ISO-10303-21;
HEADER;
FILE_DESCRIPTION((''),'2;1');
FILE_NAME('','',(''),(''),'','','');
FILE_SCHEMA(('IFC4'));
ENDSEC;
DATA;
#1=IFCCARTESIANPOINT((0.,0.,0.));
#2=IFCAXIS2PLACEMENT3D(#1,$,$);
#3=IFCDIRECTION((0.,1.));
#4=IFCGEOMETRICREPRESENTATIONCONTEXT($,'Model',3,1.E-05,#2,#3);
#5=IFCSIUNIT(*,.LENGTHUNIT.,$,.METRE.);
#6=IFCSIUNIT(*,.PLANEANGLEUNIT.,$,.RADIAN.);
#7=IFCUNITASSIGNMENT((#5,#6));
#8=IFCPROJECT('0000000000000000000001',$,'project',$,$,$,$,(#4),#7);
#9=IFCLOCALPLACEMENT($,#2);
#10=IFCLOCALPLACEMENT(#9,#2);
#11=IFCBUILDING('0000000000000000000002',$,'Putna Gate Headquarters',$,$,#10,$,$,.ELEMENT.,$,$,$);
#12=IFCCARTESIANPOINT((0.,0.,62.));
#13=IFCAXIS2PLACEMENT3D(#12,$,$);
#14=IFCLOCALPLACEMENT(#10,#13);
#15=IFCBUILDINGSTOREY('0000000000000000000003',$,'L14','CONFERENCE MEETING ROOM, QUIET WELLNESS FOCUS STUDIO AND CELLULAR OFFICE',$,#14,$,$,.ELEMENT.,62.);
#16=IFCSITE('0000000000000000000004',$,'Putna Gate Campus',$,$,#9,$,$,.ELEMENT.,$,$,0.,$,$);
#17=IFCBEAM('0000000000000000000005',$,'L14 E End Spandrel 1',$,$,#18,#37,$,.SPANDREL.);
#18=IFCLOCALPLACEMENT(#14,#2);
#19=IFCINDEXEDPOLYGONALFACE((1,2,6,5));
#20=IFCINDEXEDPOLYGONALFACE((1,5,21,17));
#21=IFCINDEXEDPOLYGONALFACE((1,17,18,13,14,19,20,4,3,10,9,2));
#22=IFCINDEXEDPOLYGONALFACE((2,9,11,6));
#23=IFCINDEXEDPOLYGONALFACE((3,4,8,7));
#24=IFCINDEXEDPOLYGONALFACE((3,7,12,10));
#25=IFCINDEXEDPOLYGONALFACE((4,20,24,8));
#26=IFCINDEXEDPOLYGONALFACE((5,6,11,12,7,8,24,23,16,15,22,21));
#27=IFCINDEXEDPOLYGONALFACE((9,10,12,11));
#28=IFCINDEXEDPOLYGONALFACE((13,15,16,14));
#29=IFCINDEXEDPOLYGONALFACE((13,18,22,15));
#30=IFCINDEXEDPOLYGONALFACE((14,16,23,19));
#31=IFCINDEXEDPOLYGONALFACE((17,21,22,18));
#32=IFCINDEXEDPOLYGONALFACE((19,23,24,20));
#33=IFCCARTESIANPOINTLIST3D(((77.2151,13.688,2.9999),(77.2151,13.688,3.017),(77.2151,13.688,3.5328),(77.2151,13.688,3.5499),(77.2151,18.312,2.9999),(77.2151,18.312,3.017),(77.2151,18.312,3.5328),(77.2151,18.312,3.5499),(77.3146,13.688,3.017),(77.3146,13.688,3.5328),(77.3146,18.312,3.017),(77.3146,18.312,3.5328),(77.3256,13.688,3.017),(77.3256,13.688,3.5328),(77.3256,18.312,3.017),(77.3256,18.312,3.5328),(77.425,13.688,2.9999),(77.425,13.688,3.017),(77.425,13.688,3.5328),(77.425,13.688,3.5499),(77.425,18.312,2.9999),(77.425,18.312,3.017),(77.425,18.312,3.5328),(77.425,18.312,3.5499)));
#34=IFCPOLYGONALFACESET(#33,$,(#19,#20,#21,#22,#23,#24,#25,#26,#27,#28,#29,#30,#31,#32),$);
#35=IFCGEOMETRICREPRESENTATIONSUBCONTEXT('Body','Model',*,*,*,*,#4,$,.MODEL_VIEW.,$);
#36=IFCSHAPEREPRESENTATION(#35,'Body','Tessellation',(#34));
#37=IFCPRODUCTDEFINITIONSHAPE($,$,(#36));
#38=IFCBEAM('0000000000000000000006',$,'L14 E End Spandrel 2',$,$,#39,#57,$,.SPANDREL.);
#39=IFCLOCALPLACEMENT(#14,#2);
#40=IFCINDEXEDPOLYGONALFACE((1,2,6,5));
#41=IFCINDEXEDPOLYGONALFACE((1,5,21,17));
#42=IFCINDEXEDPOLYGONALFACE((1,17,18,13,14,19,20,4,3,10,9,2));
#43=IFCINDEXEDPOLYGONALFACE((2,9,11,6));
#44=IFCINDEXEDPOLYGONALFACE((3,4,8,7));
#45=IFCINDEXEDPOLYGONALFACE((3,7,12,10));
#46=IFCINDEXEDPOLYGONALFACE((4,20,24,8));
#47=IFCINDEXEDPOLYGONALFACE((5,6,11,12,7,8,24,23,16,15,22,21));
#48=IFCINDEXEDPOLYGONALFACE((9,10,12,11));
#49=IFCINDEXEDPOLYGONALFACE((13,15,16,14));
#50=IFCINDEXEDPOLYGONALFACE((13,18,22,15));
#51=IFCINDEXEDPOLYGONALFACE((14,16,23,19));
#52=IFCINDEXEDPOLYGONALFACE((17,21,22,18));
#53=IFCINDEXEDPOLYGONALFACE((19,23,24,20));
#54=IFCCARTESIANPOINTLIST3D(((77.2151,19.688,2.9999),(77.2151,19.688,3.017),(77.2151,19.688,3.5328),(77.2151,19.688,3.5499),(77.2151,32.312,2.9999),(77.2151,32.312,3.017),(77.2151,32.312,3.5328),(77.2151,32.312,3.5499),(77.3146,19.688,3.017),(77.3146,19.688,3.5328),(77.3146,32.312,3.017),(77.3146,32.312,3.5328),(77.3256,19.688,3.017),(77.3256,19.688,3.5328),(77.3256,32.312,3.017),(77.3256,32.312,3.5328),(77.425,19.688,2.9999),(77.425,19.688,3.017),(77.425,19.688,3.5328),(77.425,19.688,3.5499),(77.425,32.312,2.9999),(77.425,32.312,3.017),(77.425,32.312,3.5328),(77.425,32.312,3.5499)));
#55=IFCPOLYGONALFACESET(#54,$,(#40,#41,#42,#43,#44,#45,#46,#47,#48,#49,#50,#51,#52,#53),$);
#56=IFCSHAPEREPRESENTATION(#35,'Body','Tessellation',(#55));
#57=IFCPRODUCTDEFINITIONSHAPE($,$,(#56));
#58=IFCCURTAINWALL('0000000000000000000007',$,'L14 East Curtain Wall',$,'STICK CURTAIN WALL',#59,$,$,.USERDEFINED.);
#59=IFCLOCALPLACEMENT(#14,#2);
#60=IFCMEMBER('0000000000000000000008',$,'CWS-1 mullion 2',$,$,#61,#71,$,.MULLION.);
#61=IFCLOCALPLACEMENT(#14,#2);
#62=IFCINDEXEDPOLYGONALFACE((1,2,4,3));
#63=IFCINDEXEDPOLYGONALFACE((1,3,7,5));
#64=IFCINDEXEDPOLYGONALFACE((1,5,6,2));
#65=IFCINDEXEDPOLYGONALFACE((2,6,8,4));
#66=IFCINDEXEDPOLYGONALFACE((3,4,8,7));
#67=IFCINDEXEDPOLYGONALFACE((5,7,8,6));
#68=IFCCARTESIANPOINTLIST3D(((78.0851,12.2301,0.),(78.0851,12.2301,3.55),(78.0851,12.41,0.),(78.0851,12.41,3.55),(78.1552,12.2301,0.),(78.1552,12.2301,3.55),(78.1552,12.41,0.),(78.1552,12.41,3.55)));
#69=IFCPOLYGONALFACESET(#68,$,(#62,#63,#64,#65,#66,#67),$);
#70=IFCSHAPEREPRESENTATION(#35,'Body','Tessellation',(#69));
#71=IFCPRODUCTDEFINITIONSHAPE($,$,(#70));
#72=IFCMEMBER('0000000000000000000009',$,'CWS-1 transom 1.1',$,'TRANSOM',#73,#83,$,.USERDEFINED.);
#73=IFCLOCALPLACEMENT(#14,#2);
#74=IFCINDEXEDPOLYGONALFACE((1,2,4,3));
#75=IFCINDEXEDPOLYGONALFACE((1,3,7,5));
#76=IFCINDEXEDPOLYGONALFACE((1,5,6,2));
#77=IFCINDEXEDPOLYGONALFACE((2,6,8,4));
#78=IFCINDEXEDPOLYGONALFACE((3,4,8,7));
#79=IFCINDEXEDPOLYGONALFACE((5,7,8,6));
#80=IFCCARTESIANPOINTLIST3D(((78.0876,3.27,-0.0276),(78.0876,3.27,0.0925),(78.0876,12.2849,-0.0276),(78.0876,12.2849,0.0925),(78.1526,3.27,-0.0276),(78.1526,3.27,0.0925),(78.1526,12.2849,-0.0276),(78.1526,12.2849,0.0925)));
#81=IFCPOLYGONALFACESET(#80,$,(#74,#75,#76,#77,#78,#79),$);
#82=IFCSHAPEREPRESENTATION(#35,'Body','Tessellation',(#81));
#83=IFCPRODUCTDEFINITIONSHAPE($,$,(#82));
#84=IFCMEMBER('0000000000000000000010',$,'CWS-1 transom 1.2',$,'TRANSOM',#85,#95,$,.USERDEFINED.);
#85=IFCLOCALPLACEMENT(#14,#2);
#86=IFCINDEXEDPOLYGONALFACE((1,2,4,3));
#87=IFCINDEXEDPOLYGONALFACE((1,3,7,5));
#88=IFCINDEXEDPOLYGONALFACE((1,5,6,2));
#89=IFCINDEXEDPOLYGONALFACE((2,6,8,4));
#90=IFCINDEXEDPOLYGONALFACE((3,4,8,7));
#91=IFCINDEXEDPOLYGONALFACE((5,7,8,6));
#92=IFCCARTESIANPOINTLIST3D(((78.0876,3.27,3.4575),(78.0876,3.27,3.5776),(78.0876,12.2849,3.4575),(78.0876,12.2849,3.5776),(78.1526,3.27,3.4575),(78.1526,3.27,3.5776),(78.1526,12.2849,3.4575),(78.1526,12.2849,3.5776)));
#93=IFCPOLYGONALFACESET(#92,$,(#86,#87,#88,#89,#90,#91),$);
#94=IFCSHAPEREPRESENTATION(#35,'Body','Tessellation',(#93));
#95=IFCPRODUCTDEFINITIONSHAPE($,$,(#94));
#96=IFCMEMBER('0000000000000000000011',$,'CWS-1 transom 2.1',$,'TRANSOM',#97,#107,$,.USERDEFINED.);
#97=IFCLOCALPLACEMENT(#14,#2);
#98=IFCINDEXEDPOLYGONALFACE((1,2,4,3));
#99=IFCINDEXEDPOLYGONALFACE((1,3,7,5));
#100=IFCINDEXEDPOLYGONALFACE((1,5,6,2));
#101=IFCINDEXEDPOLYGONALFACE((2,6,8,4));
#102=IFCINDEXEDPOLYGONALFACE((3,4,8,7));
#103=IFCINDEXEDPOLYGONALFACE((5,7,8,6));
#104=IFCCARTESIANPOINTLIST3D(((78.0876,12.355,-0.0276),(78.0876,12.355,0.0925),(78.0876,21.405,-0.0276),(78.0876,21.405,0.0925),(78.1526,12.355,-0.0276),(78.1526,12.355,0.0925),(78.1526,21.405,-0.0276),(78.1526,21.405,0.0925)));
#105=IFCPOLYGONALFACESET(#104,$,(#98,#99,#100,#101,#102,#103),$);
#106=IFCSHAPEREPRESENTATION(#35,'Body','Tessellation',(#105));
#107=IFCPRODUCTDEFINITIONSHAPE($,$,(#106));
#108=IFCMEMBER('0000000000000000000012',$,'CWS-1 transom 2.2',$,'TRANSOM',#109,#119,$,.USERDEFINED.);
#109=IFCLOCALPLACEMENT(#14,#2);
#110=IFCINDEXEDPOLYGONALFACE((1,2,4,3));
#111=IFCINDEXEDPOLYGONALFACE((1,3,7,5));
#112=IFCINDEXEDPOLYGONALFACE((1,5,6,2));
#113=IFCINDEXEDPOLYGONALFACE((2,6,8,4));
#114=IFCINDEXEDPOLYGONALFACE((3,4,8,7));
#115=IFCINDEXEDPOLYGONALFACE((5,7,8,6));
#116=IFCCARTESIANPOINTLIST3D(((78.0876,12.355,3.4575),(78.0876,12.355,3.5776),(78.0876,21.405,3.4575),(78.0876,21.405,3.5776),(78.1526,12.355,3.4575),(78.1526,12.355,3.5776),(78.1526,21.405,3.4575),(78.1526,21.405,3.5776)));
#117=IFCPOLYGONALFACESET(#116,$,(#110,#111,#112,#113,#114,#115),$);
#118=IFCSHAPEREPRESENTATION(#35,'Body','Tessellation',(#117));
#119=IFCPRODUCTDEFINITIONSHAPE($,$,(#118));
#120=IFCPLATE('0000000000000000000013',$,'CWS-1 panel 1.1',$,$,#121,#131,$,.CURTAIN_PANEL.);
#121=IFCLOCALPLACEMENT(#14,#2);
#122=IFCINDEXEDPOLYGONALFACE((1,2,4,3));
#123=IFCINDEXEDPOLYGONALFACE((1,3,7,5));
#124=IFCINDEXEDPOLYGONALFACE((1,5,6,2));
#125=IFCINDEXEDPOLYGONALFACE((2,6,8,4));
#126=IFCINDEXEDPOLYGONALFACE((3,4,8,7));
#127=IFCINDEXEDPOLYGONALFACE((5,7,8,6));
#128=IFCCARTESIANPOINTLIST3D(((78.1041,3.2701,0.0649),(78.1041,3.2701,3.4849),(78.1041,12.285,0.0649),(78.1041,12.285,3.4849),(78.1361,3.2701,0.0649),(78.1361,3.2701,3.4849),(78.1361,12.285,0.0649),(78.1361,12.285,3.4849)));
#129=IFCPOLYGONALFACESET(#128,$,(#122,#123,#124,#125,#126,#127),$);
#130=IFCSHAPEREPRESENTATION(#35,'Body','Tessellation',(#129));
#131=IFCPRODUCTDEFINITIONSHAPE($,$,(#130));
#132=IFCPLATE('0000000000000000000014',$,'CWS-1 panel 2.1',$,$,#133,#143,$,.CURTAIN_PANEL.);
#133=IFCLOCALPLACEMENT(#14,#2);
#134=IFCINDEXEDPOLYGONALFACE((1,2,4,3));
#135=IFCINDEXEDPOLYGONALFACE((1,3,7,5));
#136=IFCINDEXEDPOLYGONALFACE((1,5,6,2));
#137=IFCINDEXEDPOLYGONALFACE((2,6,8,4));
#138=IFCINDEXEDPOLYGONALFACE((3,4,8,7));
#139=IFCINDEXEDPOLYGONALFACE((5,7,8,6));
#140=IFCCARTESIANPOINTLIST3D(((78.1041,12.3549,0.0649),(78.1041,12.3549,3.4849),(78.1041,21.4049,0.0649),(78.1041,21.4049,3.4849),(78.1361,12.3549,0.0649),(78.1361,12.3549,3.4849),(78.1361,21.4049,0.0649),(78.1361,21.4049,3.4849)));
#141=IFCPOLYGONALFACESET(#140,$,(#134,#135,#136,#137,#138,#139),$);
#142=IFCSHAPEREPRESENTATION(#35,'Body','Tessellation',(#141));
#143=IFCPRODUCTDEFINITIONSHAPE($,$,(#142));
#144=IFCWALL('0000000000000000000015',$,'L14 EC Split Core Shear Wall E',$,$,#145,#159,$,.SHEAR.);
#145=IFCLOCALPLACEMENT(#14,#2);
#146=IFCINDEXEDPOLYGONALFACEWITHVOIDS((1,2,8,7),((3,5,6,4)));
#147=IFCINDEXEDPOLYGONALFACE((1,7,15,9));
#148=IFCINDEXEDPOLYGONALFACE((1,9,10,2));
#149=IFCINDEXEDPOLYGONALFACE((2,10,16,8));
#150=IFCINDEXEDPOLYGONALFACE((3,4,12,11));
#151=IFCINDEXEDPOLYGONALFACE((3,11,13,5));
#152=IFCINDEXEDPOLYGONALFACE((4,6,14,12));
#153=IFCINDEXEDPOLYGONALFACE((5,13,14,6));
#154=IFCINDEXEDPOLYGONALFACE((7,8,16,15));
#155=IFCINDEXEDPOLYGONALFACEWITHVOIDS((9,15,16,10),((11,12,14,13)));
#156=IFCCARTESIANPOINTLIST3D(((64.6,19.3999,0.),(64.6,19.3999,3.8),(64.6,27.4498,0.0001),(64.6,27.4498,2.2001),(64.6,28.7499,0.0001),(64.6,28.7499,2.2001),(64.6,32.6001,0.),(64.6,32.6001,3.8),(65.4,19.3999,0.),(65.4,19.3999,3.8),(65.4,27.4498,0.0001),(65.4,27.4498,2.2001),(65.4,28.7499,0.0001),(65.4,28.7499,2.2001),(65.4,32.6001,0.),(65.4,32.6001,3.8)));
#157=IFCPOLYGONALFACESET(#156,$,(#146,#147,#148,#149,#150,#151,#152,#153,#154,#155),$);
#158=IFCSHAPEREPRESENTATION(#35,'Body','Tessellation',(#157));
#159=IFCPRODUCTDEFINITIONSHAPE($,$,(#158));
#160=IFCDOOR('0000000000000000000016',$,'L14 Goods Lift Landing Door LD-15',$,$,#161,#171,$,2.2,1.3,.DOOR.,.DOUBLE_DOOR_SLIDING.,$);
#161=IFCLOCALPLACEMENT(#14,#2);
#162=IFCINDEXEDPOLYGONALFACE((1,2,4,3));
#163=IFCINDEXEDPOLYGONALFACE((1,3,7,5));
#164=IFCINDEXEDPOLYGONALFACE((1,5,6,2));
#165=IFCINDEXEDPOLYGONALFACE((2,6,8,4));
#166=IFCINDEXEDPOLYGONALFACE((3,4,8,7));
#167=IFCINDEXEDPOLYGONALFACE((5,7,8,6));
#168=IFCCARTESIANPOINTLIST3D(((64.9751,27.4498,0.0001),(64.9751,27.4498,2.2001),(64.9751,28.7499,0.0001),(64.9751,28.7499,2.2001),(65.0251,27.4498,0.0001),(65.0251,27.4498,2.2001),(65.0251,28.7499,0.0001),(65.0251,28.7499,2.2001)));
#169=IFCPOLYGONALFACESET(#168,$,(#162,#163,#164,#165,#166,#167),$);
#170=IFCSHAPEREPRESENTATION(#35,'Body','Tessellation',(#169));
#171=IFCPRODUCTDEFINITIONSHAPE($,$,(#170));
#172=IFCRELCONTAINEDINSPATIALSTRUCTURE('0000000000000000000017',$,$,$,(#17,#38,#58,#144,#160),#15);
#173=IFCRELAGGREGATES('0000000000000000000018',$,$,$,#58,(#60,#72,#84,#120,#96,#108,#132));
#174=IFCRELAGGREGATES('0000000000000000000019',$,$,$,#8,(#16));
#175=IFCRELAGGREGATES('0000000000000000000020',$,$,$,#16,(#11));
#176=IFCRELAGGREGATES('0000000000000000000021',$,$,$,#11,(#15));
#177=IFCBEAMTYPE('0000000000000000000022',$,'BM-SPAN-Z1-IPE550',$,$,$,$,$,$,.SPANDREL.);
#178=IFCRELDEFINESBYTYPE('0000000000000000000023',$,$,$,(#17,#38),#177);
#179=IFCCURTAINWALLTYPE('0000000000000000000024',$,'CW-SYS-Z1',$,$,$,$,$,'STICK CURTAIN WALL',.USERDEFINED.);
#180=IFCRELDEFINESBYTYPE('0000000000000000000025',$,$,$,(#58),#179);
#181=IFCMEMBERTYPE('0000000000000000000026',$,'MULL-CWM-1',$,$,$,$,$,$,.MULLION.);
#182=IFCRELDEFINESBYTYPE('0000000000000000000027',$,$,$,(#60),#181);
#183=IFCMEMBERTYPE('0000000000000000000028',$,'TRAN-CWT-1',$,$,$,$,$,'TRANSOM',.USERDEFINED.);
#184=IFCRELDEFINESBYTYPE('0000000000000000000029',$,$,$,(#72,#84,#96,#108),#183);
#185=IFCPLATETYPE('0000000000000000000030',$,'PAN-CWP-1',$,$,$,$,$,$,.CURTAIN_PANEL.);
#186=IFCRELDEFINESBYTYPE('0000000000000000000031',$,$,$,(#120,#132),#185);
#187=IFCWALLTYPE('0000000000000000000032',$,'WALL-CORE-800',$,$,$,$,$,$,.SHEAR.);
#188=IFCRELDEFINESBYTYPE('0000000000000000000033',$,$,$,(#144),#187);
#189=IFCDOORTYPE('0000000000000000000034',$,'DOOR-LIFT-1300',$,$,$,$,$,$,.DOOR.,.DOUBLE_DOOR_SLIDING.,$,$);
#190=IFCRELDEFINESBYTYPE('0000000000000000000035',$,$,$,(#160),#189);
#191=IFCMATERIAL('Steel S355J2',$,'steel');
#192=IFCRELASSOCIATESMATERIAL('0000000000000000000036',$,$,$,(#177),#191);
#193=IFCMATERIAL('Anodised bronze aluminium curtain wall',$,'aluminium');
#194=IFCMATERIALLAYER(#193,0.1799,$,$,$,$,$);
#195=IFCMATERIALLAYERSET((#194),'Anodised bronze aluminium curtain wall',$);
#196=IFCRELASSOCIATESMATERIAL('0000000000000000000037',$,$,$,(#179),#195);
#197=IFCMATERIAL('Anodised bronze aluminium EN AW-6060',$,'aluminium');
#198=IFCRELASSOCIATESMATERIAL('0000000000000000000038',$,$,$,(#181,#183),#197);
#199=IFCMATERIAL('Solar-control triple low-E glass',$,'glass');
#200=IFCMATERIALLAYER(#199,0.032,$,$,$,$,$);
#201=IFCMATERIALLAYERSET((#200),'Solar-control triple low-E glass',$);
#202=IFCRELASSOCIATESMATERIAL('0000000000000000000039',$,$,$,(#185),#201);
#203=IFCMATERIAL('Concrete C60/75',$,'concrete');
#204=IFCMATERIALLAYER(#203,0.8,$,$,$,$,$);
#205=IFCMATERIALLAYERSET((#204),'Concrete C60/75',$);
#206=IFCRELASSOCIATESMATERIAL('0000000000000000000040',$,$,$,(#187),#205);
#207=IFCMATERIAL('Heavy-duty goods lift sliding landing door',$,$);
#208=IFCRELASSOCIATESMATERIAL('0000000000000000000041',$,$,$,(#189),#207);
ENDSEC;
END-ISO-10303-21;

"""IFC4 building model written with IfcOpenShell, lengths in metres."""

from ifc_helpers import new_model, si_unit, direction, frame, frame_2d, origin, origin_2d, place, context, subcontext, project, spatial, rectangle, i_section, extrude, material, layer, layer_set, material_profile, profile_set, type_object, element, fill, aggregate, save


model = new_model("IFC4")

# Units and contexts
model_context = context("Model", 3, precision=1e-05, world=origin(), true_north=direction((0.0, 1.0)))
body_context = subcontext(model_context, "Body", "Model", "MODEL_VIEW")
ifc_project = project(units=[si_unit("LENGTHUNIT", "METRE"), si_unit("PLANEANGLEUNIT", "RADIAN")], contexts=[model_context])

# Site, building, storey
site_placement = place(None, origin())
site = spatial("IfcSite", under=ifc_project, at=site_placement, Name="Putna Gate Campus", CompositionType="ELEMENT", RefElevation=0.0)
building_placement = place(site_placement, origin())
building = spatial("IfcBuilding", under=site, at=building_placement, Name="Putna Gate Headquarters", CompositionType="ELEMENT")
storey_placement = place(building_placement, frame((0.0, 0.0, 62.0)))
storey = spatial("IfcBuildingStorey", under=building, at=storey_placement, Name="L14", Description="CONFERENCE MEETING ROOM, QUIET WELLNESS FOCUS STUDIO AND CELLULAR OFFICE", CompositionType="ELEMENT", Elevation=62.0)

# Shared definitions
ifc_material_1 = material(Name="Concrete C60/75", Category="concrete")

# Beams
ifc_material_2 = material(Name="Steel S355J2", Category="steel")
ifc_material_profile_1 = material_profile(ifc_material_2, i_section(OverallWidth=0.21, OverallDepth=0.55, WebThickness=0.011, FlangeThickness=0.0171, at=origin_2d()), Name="Steel S355J2")
ifc_profile_set_1 = profile_set([ifc_material_profile_1], Name="Steel S355J2")
beam_type_1 = type_object("IfcBeamType", Name="BM-SPAN-Z1-IPE550", PredefinedType="SPANDREL", material=ifc_profile_set_1)
beam_1_placement = place(storey_placement, frame((77.3201, 13.688, 3.2749), z_axis=(0.0, 1.0, 0.0), x_axis=(-1.0, 0.0, 0.0)))
element("IfcBeam", 1, at=beam_1_placement, inside=storey, type_object=beam_type_1, Name="L14 E End Spandrel 1", PredefinedType="SPANDREL", context=body_context, shape_type="SweptSolid", body=[
    extrude(i_section(OverallWidth=0.21, OverallDepth=0.55, WebThickness=0.011, FlangeThickness=0.0171, at=origin_2d()), origin(), (0.0, 0.0, 1.0), 4.624),
])
beam_2_placement = place(storey_placement, frame((77.3201, 19.688, 3.2749), z_axis=(0.0, 1.0, 0.0), x_axis=(-1.0, 0.0, 0.0)))
element("IfcBeam", 2, at=beam_2_placement, inside=storey, type_object=beam_type_1, Name="L14 E End Spandrel 2", PredefinedType="SPANDREL", context=body_context, shape_type="SweptSolid", body=[
    extrude(i_section(OverallWidth=0.21, OverallDepth=0.55, WebThickness=0.011, FlangeThickness=0.0171, at=origin_2d()), origin(), (0.0, 0.0, 1.0), 12.624),
])

# Curtain wall, members, plates
ifc_material_3 = material(Name="Anodised bronze aluminium curtain wall", Category="aluminium")
ifc_layer_1 = layer(ifc_material_3, 0.1799)
ifc_layer_set_1 = layer_set([ifc_layer_1], Name="Anodised bronze aluminium curtain wall")
curtain_wall_type = type_object("IfcCurtainWallType", Name="CW-SYS-Z1", ElementType="STICK CURTAIN WALL", PredefinedType="USERDEFINED", material=ifc_layer_set_1)
curtain_wall_placement = place(storey_placement, origin())
curtain_wall = element("IfcCurtainWall", 3, at=curtain_wall_placement, inside=storey, type_object=curtain_wall_type, Name="L14 East Curtain Wall", ObjectType="STICK CURTAIN WALL", PredefinedType="USERDEFINED")
ifc_material_4 = material(Name="Anodised bronze aluminium EN AW-6060", Category="aluminium")
ifc_material_profile_2 = material_profile(ifc_material_4, rectangle(XDim=0.0701, YDim=0.1799, at=origin_2d()), Name="Anodised bronze aluminium EN AW-6060")
ifc_profile_set_2 = profile_set([ifc_material_profile_2], Name="Anodised bronze aluminium EN AW-6060")
member_type_1 = type_object("IfcMemberType", Name="MULL-CWM-1", PredefinedType="MULLION", material=ifc_profile_set_2)
member_1_placement = place(storey_placement, frame((78.1201, 12.3201, 0.0), z_axis=(0.0, 0.0, 1.0), x_axis=(-1.0, 0.0, 0.0)))
member_1 = element("IfcMember", 4, at=member_1_placement, type_object=member_type_1, Name="CWS-1 mullion 2", PredefinedType="MULLION", context=body_context, shape_type="SweptSolid", body=[
    extrude(rectangle(XDim=0.0701, YDim=0.1799, at=origin_2d()), origin(), (0.0, 0.0, 1.0), 3.55),
])
ifc_material_profile_3 = material_profile(ifc_material_4, rectangle(XDim=0.0649, YDim=0.1201, at=origin_2d()), Name="Anodised bronze aluminium EN AW-6060")
ifc_profile_set_3 = profile_set([ifc_material_profile_3], Name="Anodised bronze aluminium EN AW-6060")
member_type_2 = type_object("IfcMemberType", Name="TRAN-CWT-1", ElementType="TRANSOM", PredefinedType="USERDEFINED", material=ifc_profile_set_3)
member_2_placement = place(storey_placement, frame((78.1201, 3.27, 0.0325), z_axis=(0.0, 1.0, 0.0), x_axis=(-1.0, 0.0, 0.0)))
member_2 = element("IfcMember", 5, at=member_2_placement, type_object=member_type_2, Name="CWS-1 transom 1.1", ObjectType="TRANSOM", PredefinedType="USERDEFINED", context=body_context, shape_type="SweptSolid", body=[
    extrude(rectangle(XDim=0.0649, YDim=0.1201, at=origin_2d()), origin(), (0.0, 0.0, 1.0), 9.0149),
])
member_3_placement = place(storey_placement, frame((78.1201, 3.27, 3.5176), z_axis=(0.0, 1.0, 0.0), x_axis=(-1.0, 0.0, 0.0)))
member_3 = element("IfcMember", 6, at=member_3_placement, type_object=member_type_2, Name="CWS-1 transom 1.2", ObjectType="TRANSOM", PredefinedType="USERDEFINED", context=body_context, shape_type="SweptSolid", body=[
    extrude(rectangle(XDim=0.0649, YDim=0.1201, at=origin_2d()), origin(), (0.0, 0.0, 1.0), 9.0149),
])
member_4_placement = place(storey_placement, frame((78.1201, 12.355, 0.0325), z_axis=(0.0, 1.0, 0.0), x_axis=(-1.0, 0.0, 0.0)))
member_4 = element("IfcMember", 7, at=member_4_placement, type_object=member_type_2, Name="CWS-1 transom 2.1", ObjectType="TRANSOM", PredefinedType="USERDEFINED", context=body_context, shape_type="SweptSolid", body=[
    extrude(rectangle(XDim=0.0649, YDim=0.1201, at=origin_2d()), origin(), (0.0, 0.0, 1.0), 9.05),
])
member_5_placement = place(storey_placement, frame((78.1201, 12.355, 3.5176), z_axis=(0.0, 1.0, 0.0), x_axis=(-1.0, 0.0, 0.0)))
member_5 = element("IfcMember", 8, at=member_5_placement, type_object=member_type_2, Name="CWS-1 transom 2.2", ObjectType="TRANSOM", PredefinedType="USERDEFINED", context=body_context, shape_type="SweptSolid", body=[
    extrude(rectangle(XDim=0.0649, YDim=0.1201, at=origin_2d()), origin(), (0.0, 0.0, 1.0), 9.05),
])
ifc_material_5 = material(Name="Solar-control triple low-E glass", Category="glass")
ifc_layer_2 = layer(ifc_material_5, 0.032)
ifc_layer_set_2 = layer_set([ifc_layer_2], Name="Solar-control triple low-E glass")
plate_type = type_object("IfcPlateType", Name="PAN-CWP-1", PredefinedType="CURTAIN_PANEL", material=ifc_layer_set_2)
plate_1_placement = place(storey_placement, frame((78.1201, 7.7776, 0.0649), z_axis=(0.0, 0.0, 1.0), x_axis=(0.0, 1.0, 0.0)))
plate_1 = element("IfcPlate", 9, at=plate_1_placement, type_object=plate_type, Name="CWS-1 panel 1.1", PredefinedType="CURTAIN_PANEL", context=body_context, shape_type="SweptSolid", body=[
    extrude(rectangle(XDim=9.0149, YDim=0.032, at=origin_2d()), origin(), (0.0, 0.0, 1.0), 3.4199),
])
plate_2_placement = place(storey_placement, frame((78.1201, 16.8799, 0.0649), z_axis=(0.0, 0.0, 1.0), x_axis=(0.0, 1.0, 0.0)))
plate_2 = element("IfcPlate", 10, at=plate_2_placement, type_object=plate_type, Name="CWS-1 panel 2.1", PredefinedType="CURTAIN_PANEL", context=body_context, shape_type="SweptSolid", body=[
    extrude(rectangle(XDim=9.05, YDim=0.032, at=origin_2d()), origin(), (0.0, 0.0, 1.0), 3.4199),
])
aggregate(curtain_wall, [member_1, member_2, member_3, plate_1, member_4, member_5, plate_2])

# Wall, opening, door
ifc_layer_3 = layer(ifc_material_1, 0.8)
ifc_layer_set_3 = layer_set([ifc_layer_3], Name="Concrete C60/75")
wall_type_1 = type_object("IfcWallType", Name="WALL-CORE-800", PredefinedType="SHEAR", material=ifc_layer_set_3)
wall_1_placement = place(storey_placement, frame((65.0, 19.3999, 0.0), z_axis=(0.0, 0.0, 1.0), x_axis=(0.0, 1.0, 0.0)))
wall_1 = element("IfcWall", 11, at=wall_1_placement, inside=storey, type_object=wall_type_1, Name="L14 EC Split Core Shear Wall E", PredefinedType="SHEAR", context=body_context, shape_type="SweptSolid", body=[
    extrude(rectangle(XDim=13.2002, YDim=0.8, at=frame_2d((6.6001, 0.0))), origin(), (0.0, 0.0, 1.0), 3.8),
])
opening_1_placement = place(wall_1_placement, frame((8.05, 0.0, 0.0)))
opening_1 = element("IfcOpeningElement", 12, at=opening_1_placement, cuts=wall_1, PredefinedType="OPENING", context=body_context, shape_type="SweptSolid", body=[
    extrude(rectangle(XDim=1.3, YDim=2.2, at=frame_2d((0.6499, 1.1001))), frame((0.0, 0.4099, 0.0), z_axis=(0.0, -1.0, 0.0), x_axis=(1.0, 0.0, 0.0)), (0.0, 0.0, 1.0), 0.8201),
])
ifc_material_6 = material(Name="Heavy-duty goods lift sliding landing door")
door_type_1 = type_object("IfcDoorType", Name="DOOR-LIFT-1300", OperationType="DOUBLE_DOOR_SLIDING", PredefinedType="DOOR", material=ifc_material_6)
door_1_placement = place(opening_1_placement, origin())
door_1 = element("IfcDoor", 13, at=door_1_placement, inside=storey, type_object=door_type_1, Name="L14 Goods Lift Landing Door LD-15", OperationType="DOUBLE_DOOR_SLIDING", OverallHeight=2.2, OverallWidth=1.3, PredefinedType="DOOR", context=body_context, shape_type="SweptSolid", body=[
    extrude(rectangle(XDim=1.3, YDim=2.2, at=frame_2d((0.6499, 1.1001))), frame((0.0, 0.0249, 0.0), z_axis=(0.0, -1.0, 0.0), x_axis=(1.0, 0.0, 0.0)), (0.0, 0.0, 1.0), 0.05),
])
fill(opening_1, door_1)

save(model, "model.ifc")
